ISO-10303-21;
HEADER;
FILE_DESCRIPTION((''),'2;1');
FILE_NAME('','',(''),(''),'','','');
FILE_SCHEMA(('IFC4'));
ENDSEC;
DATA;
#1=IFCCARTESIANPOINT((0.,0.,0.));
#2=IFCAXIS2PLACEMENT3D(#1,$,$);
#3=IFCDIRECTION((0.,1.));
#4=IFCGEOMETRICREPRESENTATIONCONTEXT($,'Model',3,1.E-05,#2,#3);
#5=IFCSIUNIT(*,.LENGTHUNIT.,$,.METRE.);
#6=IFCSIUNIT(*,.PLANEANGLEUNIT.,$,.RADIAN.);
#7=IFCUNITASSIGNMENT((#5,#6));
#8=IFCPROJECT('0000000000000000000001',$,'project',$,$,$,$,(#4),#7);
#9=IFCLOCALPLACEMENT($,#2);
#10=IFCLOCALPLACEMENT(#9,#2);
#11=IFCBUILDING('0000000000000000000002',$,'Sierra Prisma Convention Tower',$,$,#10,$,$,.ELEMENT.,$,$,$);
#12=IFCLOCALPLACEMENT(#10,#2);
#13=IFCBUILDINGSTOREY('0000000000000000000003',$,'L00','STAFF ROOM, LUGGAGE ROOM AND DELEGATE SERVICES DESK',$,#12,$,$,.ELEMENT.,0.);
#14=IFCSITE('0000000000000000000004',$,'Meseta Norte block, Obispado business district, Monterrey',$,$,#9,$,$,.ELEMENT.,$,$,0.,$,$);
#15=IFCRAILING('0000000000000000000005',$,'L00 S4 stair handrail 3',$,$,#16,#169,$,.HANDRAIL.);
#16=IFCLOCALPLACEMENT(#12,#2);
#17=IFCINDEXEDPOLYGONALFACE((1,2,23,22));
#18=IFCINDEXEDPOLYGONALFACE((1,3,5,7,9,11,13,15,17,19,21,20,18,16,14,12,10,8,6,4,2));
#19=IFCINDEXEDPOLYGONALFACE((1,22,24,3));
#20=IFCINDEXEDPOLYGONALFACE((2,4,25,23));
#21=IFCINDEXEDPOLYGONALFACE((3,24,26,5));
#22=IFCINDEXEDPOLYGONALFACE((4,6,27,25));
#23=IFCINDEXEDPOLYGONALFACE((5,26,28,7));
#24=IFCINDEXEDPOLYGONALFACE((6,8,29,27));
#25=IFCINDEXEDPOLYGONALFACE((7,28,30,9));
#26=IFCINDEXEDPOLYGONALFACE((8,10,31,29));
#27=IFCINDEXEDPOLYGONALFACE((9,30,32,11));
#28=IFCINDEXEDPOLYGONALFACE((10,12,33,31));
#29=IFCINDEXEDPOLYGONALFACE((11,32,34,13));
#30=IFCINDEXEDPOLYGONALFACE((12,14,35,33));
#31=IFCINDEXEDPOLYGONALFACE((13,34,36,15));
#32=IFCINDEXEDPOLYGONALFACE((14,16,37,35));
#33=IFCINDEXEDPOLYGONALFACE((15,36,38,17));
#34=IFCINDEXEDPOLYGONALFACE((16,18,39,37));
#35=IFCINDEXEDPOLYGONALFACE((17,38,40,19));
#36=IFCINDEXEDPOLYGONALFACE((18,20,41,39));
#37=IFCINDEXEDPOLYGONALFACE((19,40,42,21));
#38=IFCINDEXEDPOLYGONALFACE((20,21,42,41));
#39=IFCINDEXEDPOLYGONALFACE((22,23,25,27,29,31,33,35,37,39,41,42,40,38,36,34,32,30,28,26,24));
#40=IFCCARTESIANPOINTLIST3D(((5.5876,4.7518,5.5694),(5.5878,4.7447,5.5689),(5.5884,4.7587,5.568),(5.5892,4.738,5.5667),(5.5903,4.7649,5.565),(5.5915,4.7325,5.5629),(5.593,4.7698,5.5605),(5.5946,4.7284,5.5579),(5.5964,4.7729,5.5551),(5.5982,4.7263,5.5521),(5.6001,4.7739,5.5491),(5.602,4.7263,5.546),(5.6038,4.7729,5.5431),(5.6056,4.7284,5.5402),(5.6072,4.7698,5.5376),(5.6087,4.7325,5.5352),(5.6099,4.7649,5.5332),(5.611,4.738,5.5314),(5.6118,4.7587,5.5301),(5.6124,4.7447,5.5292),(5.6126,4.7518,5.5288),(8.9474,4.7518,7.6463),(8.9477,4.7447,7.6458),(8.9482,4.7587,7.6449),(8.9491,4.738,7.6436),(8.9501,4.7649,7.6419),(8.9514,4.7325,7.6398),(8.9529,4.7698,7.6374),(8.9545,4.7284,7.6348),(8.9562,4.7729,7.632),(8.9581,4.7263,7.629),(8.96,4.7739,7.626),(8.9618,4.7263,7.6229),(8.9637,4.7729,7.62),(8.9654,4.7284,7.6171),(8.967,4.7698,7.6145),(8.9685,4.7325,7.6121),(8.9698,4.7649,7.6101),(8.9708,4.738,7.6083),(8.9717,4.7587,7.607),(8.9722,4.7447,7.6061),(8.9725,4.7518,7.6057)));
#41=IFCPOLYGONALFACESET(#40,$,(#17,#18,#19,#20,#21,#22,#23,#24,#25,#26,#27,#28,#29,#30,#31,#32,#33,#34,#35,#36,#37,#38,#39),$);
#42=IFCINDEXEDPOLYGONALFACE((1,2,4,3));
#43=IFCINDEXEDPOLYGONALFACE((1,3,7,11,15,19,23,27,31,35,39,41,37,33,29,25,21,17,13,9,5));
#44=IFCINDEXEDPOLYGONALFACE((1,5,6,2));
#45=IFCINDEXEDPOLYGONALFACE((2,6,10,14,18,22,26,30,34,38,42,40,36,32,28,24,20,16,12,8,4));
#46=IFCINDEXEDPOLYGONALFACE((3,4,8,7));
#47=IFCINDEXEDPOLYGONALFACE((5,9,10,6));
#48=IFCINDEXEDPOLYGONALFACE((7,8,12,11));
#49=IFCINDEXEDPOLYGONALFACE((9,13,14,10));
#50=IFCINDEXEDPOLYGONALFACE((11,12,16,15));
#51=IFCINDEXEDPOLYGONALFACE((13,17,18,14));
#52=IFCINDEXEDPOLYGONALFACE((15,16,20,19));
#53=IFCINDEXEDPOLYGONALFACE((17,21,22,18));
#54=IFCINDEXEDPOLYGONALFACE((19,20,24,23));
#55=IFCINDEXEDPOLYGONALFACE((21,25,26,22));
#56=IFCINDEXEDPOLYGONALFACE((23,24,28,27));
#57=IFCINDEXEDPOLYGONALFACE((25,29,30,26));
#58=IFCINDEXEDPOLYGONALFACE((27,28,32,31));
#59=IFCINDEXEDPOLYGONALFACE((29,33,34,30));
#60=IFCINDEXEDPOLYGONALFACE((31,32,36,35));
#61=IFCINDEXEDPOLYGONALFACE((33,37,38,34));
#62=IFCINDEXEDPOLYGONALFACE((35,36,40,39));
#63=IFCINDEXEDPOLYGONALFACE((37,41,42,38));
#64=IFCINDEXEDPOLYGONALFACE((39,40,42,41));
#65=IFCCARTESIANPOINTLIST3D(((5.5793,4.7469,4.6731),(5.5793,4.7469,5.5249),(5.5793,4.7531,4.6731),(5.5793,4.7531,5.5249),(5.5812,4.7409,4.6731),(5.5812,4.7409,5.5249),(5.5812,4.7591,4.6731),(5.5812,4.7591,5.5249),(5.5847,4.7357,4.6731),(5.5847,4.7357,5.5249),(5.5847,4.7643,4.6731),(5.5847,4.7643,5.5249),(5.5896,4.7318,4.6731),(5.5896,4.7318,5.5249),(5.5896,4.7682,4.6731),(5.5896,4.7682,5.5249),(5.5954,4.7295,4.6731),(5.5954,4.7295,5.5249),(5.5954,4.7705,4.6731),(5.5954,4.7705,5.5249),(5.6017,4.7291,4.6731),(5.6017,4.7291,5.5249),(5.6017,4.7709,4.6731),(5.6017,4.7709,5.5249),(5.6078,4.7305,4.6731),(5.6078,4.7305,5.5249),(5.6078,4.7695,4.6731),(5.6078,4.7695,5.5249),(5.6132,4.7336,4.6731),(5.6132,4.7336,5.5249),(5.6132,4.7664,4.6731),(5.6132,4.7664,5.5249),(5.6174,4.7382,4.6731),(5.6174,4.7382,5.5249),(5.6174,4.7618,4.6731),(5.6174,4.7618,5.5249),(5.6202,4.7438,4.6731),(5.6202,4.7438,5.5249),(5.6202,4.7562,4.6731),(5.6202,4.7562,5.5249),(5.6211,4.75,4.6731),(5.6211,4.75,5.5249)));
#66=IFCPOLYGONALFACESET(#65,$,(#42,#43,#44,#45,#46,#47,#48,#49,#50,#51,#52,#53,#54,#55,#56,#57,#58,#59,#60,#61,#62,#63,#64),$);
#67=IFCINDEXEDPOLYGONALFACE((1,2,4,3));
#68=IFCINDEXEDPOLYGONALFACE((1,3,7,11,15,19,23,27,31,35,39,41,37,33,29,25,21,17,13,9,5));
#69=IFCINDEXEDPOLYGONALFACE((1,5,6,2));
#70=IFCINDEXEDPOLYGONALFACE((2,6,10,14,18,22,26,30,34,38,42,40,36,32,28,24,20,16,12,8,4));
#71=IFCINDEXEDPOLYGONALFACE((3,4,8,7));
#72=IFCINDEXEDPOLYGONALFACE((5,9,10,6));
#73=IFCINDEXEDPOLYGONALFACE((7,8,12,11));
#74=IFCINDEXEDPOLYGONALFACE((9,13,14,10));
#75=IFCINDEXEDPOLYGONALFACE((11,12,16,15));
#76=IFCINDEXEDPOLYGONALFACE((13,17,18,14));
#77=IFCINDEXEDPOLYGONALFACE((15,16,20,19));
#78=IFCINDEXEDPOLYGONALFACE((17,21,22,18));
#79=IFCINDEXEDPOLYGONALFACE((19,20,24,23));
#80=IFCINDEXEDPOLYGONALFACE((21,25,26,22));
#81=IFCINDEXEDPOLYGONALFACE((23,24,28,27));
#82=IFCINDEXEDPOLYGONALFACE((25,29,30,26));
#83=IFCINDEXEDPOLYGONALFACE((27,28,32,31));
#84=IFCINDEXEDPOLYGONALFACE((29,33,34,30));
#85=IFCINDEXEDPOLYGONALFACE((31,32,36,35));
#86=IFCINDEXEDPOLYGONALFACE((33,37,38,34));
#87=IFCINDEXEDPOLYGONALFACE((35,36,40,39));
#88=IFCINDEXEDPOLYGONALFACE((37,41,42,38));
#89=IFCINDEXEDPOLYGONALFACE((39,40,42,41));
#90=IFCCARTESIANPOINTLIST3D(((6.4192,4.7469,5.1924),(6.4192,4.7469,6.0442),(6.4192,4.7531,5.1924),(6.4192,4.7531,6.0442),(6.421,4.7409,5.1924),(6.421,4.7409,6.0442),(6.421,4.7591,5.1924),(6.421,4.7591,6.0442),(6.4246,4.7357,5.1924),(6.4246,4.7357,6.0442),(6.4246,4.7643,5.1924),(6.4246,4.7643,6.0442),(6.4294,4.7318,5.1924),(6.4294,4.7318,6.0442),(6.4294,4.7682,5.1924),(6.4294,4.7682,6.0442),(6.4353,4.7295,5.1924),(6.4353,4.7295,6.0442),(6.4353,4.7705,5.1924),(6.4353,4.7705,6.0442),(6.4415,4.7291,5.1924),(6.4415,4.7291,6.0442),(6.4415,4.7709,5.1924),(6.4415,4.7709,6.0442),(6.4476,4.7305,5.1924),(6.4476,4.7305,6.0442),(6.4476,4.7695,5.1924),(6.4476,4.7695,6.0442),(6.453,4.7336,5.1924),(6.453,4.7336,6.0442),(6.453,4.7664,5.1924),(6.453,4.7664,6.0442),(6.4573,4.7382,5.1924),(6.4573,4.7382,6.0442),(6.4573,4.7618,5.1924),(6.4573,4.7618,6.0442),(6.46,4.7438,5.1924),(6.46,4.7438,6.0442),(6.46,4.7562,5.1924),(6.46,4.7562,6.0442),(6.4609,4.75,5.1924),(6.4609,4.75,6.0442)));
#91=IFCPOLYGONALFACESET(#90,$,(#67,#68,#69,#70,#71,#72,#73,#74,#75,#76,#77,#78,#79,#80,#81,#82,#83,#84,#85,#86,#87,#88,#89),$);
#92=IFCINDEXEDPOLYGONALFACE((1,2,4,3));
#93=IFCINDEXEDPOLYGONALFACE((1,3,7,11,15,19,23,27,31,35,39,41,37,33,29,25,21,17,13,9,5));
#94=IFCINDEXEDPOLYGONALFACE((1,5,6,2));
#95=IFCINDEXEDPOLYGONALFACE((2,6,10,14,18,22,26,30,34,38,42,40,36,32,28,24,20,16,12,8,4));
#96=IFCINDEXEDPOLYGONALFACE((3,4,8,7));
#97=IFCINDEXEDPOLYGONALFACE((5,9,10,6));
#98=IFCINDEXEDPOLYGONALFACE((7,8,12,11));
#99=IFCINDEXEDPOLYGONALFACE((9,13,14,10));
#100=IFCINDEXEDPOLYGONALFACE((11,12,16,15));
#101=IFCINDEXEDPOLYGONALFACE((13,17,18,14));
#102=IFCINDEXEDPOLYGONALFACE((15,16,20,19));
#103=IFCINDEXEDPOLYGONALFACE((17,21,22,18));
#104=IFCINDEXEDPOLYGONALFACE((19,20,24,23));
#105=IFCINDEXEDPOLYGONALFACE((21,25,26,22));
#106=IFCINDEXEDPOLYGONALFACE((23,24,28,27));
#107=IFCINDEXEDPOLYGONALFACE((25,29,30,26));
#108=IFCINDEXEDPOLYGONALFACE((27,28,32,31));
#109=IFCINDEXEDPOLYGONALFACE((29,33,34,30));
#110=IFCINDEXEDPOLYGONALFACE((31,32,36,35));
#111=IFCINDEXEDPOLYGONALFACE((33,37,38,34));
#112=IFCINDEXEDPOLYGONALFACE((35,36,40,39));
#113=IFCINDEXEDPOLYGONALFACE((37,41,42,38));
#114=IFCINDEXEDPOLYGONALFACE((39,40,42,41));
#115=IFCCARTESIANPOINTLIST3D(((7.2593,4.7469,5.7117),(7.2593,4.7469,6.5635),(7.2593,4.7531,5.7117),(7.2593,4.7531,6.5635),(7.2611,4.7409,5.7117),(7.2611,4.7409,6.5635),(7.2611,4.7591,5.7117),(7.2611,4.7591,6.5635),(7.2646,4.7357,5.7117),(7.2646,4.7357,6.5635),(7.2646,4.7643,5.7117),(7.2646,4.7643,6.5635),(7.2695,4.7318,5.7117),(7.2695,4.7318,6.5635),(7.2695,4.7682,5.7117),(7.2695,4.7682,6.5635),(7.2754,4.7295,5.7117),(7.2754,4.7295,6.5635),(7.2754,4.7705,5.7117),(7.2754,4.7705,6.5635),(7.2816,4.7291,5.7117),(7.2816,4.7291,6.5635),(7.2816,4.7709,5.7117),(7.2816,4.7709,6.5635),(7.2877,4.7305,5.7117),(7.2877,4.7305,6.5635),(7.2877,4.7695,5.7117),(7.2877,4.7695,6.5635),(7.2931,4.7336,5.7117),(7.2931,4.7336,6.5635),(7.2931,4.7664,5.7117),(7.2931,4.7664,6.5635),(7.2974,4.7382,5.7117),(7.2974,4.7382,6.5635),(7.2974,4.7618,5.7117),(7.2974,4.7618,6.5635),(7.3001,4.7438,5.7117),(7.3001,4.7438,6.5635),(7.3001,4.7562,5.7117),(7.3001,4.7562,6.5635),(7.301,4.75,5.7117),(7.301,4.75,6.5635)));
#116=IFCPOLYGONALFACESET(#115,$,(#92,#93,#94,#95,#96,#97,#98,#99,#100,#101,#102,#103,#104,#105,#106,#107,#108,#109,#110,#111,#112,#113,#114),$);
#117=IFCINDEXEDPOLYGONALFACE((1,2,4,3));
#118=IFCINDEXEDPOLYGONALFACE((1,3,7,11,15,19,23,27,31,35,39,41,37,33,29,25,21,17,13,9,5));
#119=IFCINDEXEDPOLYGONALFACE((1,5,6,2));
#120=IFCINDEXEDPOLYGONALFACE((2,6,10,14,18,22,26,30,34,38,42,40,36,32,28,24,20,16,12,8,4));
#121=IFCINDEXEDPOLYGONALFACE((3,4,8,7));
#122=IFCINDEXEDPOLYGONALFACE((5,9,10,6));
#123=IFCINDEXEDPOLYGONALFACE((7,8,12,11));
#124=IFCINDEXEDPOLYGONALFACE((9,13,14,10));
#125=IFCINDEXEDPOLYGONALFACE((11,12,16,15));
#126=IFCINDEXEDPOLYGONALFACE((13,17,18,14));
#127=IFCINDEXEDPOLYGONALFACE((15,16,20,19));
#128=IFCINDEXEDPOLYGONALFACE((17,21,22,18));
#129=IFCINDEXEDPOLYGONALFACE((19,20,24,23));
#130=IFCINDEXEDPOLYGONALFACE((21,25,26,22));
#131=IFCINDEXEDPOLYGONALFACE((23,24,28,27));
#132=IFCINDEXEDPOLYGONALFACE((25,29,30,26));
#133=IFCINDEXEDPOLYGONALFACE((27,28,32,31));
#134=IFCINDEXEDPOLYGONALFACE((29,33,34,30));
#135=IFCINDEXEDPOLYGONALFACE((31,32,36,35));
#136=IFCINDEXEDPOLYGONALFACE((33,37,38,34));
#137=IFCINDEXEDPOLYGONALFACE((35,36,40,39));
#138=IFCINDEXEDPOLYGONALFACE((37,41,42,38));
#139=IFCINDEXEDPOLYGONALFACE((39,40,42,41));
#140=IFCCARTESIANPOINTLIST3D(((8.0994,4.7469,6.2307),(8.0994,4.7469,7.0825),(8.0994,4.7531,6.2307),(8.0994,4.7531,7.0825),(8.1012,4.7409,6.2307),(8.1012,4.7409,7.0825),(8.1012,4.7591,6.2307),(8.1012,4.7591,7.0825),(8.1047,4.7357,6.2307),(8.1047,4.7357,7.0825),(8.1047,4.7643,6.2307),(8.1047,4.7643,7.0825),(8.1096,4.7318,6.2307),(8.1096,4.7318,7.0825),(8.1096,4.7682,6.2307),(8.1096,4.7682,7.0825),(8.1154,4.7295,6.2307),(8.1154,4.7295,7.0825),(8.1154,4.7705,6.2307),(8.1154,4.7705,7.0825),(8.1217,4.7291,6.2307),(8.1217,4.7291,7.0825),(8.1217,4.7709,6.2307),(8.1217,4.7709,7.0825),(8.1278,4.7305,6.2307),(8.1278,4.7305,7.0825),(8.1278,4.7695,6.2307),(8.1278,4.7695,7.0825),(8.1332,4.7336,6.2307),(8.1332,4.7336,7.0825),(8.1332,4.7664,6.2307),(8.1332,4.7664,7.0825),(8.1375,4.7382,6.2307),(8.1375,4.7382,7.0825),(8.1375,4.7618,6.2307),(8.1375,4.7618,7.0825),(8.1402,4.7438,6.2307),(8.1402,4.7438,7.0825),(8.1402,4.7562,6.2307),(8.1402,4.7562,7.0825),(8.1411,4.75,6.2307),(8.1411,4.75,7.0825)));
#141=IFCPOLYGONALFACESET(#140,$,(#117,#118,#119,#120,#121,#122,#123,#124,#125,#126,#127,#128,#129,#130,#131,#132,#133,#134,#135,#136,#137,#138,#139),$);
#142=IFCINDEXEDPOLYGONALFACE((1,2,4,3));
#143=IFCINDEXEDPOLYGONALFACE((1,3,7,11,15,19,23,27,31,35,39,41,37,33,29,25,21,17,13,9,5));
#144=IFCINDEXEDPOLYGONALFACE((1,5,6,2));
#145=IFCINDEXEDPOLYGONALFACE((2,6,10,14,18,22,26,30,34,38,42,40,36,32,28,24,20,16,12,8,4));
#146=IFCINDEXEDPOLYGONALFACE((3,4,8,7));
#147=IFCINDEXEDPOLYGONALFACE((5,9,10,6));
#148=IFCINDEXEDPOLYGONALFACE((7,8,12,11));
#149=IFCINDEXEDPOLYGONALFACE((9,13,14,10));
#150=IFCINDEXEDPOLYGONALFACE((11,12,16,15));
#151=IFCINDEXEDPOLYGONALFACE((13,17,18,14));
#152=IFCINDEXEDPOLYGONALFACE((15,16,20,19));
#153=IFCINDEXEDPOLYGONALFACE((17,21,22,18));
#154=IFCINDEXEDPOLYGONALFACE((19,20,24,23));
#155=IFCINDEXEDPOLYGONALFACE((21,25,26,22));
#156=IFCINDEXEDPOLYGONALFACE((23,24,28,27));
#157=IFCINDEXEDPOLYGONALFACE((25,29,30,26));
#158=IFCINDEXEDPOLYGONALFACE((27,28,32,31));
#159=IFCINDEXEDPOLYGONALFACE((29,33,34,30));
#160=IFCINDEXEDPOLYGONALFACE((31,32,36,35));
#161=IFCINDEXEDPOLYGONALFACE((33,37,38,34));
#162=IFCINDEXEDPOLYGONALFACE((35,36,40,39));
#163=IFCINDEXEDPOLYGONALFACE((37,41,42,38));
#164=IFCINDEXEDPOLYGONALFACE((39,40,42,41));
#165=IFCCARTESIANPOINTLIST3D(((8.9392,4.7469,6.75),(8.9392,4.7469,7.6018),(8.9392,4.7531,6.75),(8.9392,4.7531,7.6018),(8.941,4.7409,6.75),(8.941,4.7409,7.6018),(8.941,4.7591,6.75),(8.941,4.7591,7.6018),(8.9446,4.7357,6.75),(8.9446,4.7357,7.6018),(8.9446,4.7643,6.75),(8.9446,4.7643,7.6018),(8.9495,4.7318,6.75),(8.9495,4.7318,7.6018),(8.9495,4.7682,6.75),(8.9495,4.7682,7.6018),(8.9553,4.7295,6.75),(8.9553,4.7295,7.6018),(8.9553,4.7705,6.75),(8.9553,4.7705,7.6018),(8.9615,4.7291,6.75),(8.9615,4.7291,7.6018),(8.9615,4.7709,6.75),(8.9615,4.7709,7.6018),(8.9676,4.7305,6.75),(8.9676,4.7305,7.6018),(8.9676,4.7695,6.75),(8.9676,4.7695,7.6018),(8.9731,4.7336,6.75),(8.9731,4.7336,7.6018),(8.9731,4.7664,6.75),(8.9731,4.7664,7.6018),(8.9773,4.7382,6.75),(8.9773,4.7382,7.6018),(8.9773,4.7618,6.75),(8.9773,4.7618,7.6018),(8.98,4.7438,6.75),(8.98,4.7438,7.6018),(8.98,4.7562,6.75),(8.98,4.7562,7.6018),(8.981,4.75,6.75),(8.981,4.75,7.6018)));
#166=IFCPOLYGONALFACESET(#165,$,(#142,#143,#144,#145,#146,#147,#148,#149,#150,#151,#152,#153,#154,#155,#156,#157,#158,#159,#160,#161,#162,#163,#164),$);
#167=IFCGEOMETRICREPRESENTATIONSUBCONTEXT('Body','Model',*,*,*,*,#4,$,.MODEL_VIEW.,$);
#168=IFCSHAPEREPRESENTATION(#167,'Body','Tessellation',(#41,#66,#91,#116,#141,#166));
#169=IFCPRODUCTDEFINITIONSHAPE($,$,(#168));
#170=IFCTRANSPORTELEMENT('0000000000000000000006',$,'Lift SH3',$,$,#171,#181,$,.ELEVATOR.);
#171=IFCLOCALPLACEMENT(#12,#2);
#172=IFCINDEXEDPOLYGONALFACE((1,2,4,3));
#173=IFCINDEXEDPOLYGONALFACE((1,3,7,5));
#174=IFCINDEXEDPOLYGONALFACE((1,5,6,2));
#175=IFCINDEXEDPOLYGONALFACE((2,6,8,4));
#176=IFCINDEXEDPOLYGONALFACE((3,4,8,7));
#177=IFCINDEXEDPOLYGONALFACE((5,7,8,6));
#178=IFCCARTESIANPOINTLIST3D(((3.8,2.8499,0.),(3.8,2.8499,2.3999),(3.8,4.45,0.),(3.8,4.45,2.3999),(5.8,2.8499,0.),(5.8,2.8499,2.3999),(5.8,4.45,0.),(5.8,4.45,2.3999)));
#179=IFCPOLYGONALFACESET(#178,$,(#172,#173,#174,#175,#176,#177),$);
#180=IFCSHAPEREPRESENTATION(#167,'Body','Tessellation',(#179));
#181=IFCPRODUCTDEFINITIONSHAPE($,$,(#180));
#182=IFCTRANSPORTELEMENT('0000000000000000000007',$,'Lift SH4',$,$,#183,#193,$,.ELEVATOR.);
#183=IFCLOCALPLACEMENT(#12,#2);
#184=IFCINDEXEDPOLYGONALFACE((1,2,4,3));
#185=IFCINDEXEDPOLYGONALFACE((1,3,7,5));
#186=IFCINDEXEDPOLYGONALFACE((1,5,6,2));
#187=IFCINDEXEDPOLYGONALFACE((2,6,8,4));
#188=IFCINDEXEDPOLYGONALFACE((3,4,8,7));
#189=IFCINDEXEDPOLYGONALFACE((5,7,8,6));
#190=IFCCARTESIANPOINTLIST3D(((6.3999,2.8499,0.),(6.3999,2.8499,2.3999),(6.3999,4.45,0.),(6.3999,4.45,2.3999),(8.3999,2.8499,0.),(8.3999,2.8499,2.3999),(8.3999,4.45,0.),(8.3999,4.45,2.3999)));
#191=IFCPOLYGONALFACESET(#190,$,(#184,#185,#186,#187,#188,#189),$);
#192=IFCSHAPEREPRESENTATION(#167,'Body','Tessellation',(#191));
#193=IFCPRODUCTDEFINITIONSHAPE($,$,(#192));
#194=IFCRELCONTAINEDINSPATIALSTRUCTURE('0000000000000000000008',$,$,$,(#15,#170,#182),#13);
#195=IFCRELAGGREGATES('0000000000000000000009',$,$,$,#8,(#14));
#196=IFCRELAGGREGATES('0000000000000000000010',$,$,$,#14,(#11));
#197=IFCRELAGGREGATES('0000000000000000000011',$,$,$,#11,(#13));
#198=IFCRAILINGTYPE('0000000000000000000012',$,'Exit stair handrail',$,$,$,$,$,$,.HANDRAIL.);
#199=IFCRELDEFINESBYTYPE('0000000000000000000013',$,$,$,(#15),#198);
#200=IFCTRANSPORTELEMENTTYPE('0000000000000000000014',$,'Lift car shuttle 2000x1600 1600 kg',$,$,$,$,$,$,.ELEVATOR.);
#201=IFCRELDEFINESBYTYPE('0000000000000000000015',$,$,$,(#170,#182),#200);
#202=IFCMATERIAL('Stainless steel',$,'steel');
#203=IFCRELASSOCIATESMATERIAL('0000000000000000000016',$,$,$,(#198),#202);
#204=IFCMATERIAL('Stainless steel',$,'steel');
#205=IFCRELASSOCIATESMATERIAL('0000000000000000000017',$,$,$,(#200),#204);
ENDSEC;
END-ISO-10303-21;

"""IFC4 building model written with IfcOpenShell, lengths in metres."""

from ifc_helpers import new_model, si_unit, direction, frame, origin, origin_2d, place, context, subcontext, project, spatial, rectangle, circle, extrude, material, type_object, element, save


model = new_model("IFC4")

# Units and contexts
model_context = context("Model", 3, precision=1e-05, world=origin(), true_north=direction((0.0, 1.0)))
body_context = subcontext(model_context, "Body", "Model", "MODEL_VIEW")
ifc_project = project(units=[si_unit("LENGTHUNIT", "METRE"), si_unit("PLANEANGLEUNIT", "RADIAN")], contexts=[model_context])

# Site, building, storey
site_placement = place(None, origin())
site = spatial("IfcSite", under=ifc_project, at=site_placement, Name="Meseta Norte block, Obispado business district, Monterrey", CompositionType="ELEMENT", RefElevation=0.0)
building_placement = place(site_placement, origin())
building = spatial("IfcBuilding", under=site, at=building_placement, Name="Sierra Prisma Convention Tower", CompositionType="ELEMENT")
storey_placement = place(building_placement, origin())
storey = spatial("IfcBuildingStorey", under=building, at=storey_placement, Name="L00", Description="STAFF ROOM, LUGGAGE ROOM AND DELEGATE SERVICES DESK", CompositionType="ELEMENT", Elevation=0.0)

# Railing
ifc_material_1 = material(Name="Stainless steel", Category="steel")
railing_type = type_object("IfcRailingType", Name="Exit stair handrail", PredefinedType="HANDRAIL", material=ifc_material_1)
for number, where, name in (
    (1, (5.6001, 4.75, 4.6731), "L00 S4 stair handrail 3"),
):
    element("IfcRailing", number, at=place(storey_placement, frame(where)), inside=storey, type_object=railing_type, Name=name, PredefinedType="HANDRAIL", context=body_context, shape_type="SweptSolid", body=[
        extrude(circle(Radius=0.0239, at=origin_2d()), frame((0.0, 0.0, 0.876), z_axis=(0.850606, 0.0, 0.525803), x_axis=(0.0, 1.0, 0.0)), (0.0, 0.0, 1.0), 3.95),
        extrude(circle(Radius=0.021, at=origin_2d()), origin(), (0.0, 0.0, 1.0), 0.8518),
        extrude(circle(Radius=0.021, at=origin_2d()), frame((0.8398, 0.0, 0.5193)), (0.0, 0.0, 1.0), 0.8518),
        extrude(circle(Radius=0.021, at=origin_2d()), frame((1.6799, 0.0, 1.0386)), (0.0, 0.0, 1.0), 0.8518),
        extrude(circle(Radius=0.021, at=origin_2d()), frame((2.52, 0.0, 1.5576)), (0.0, 0.0, 1.0), 0.8518),
        extrude(circle(Radius=0.021, at=origin_2d()), frame((3.3599, 0.0, 2.0769)), (0.0, 0.0, 1.0), 0.8518),
    ])

# Transport elements
ifc_material_2 = material(Name="Stainless steel", Category="steel")
transport_element_type = type_object("IfcTransportElementType", Name="Lift car shuttle 2000x1600 1600 kg", PredefinedType="ELEVATOR", material=ifc_material_2)
for number, where, z_axis, x_axis, name in (
    (2, (4.8, 3.6499, 0.0), (0.0, 0.0, 1.0), (1.0, 0.0, 0.0), "Lift SH3"),
    (3, (7.3999, 3.6499, 0.0), (0.0, 0.0, 1.0), (1.0, 0.0, 0.0), "Lift SH4"),
):
    element("IfcTransportElement", number, at=place(storey_placement, frame(where, z_axis=z_axis, x_axis=x_axis)), inside=storey, type_object=transport_element_type, Name=name, PredefinedType="ELEVATOR", context=body_context, shape_type="SweptSolid", body=[
        extrude(rectangle(XDim=2.0, YDim=1.6001, at=origin_2d()), origin(), (0.0, 0.0, 1.0), 2.3999),
    ])

save(model, "model.ifc")
